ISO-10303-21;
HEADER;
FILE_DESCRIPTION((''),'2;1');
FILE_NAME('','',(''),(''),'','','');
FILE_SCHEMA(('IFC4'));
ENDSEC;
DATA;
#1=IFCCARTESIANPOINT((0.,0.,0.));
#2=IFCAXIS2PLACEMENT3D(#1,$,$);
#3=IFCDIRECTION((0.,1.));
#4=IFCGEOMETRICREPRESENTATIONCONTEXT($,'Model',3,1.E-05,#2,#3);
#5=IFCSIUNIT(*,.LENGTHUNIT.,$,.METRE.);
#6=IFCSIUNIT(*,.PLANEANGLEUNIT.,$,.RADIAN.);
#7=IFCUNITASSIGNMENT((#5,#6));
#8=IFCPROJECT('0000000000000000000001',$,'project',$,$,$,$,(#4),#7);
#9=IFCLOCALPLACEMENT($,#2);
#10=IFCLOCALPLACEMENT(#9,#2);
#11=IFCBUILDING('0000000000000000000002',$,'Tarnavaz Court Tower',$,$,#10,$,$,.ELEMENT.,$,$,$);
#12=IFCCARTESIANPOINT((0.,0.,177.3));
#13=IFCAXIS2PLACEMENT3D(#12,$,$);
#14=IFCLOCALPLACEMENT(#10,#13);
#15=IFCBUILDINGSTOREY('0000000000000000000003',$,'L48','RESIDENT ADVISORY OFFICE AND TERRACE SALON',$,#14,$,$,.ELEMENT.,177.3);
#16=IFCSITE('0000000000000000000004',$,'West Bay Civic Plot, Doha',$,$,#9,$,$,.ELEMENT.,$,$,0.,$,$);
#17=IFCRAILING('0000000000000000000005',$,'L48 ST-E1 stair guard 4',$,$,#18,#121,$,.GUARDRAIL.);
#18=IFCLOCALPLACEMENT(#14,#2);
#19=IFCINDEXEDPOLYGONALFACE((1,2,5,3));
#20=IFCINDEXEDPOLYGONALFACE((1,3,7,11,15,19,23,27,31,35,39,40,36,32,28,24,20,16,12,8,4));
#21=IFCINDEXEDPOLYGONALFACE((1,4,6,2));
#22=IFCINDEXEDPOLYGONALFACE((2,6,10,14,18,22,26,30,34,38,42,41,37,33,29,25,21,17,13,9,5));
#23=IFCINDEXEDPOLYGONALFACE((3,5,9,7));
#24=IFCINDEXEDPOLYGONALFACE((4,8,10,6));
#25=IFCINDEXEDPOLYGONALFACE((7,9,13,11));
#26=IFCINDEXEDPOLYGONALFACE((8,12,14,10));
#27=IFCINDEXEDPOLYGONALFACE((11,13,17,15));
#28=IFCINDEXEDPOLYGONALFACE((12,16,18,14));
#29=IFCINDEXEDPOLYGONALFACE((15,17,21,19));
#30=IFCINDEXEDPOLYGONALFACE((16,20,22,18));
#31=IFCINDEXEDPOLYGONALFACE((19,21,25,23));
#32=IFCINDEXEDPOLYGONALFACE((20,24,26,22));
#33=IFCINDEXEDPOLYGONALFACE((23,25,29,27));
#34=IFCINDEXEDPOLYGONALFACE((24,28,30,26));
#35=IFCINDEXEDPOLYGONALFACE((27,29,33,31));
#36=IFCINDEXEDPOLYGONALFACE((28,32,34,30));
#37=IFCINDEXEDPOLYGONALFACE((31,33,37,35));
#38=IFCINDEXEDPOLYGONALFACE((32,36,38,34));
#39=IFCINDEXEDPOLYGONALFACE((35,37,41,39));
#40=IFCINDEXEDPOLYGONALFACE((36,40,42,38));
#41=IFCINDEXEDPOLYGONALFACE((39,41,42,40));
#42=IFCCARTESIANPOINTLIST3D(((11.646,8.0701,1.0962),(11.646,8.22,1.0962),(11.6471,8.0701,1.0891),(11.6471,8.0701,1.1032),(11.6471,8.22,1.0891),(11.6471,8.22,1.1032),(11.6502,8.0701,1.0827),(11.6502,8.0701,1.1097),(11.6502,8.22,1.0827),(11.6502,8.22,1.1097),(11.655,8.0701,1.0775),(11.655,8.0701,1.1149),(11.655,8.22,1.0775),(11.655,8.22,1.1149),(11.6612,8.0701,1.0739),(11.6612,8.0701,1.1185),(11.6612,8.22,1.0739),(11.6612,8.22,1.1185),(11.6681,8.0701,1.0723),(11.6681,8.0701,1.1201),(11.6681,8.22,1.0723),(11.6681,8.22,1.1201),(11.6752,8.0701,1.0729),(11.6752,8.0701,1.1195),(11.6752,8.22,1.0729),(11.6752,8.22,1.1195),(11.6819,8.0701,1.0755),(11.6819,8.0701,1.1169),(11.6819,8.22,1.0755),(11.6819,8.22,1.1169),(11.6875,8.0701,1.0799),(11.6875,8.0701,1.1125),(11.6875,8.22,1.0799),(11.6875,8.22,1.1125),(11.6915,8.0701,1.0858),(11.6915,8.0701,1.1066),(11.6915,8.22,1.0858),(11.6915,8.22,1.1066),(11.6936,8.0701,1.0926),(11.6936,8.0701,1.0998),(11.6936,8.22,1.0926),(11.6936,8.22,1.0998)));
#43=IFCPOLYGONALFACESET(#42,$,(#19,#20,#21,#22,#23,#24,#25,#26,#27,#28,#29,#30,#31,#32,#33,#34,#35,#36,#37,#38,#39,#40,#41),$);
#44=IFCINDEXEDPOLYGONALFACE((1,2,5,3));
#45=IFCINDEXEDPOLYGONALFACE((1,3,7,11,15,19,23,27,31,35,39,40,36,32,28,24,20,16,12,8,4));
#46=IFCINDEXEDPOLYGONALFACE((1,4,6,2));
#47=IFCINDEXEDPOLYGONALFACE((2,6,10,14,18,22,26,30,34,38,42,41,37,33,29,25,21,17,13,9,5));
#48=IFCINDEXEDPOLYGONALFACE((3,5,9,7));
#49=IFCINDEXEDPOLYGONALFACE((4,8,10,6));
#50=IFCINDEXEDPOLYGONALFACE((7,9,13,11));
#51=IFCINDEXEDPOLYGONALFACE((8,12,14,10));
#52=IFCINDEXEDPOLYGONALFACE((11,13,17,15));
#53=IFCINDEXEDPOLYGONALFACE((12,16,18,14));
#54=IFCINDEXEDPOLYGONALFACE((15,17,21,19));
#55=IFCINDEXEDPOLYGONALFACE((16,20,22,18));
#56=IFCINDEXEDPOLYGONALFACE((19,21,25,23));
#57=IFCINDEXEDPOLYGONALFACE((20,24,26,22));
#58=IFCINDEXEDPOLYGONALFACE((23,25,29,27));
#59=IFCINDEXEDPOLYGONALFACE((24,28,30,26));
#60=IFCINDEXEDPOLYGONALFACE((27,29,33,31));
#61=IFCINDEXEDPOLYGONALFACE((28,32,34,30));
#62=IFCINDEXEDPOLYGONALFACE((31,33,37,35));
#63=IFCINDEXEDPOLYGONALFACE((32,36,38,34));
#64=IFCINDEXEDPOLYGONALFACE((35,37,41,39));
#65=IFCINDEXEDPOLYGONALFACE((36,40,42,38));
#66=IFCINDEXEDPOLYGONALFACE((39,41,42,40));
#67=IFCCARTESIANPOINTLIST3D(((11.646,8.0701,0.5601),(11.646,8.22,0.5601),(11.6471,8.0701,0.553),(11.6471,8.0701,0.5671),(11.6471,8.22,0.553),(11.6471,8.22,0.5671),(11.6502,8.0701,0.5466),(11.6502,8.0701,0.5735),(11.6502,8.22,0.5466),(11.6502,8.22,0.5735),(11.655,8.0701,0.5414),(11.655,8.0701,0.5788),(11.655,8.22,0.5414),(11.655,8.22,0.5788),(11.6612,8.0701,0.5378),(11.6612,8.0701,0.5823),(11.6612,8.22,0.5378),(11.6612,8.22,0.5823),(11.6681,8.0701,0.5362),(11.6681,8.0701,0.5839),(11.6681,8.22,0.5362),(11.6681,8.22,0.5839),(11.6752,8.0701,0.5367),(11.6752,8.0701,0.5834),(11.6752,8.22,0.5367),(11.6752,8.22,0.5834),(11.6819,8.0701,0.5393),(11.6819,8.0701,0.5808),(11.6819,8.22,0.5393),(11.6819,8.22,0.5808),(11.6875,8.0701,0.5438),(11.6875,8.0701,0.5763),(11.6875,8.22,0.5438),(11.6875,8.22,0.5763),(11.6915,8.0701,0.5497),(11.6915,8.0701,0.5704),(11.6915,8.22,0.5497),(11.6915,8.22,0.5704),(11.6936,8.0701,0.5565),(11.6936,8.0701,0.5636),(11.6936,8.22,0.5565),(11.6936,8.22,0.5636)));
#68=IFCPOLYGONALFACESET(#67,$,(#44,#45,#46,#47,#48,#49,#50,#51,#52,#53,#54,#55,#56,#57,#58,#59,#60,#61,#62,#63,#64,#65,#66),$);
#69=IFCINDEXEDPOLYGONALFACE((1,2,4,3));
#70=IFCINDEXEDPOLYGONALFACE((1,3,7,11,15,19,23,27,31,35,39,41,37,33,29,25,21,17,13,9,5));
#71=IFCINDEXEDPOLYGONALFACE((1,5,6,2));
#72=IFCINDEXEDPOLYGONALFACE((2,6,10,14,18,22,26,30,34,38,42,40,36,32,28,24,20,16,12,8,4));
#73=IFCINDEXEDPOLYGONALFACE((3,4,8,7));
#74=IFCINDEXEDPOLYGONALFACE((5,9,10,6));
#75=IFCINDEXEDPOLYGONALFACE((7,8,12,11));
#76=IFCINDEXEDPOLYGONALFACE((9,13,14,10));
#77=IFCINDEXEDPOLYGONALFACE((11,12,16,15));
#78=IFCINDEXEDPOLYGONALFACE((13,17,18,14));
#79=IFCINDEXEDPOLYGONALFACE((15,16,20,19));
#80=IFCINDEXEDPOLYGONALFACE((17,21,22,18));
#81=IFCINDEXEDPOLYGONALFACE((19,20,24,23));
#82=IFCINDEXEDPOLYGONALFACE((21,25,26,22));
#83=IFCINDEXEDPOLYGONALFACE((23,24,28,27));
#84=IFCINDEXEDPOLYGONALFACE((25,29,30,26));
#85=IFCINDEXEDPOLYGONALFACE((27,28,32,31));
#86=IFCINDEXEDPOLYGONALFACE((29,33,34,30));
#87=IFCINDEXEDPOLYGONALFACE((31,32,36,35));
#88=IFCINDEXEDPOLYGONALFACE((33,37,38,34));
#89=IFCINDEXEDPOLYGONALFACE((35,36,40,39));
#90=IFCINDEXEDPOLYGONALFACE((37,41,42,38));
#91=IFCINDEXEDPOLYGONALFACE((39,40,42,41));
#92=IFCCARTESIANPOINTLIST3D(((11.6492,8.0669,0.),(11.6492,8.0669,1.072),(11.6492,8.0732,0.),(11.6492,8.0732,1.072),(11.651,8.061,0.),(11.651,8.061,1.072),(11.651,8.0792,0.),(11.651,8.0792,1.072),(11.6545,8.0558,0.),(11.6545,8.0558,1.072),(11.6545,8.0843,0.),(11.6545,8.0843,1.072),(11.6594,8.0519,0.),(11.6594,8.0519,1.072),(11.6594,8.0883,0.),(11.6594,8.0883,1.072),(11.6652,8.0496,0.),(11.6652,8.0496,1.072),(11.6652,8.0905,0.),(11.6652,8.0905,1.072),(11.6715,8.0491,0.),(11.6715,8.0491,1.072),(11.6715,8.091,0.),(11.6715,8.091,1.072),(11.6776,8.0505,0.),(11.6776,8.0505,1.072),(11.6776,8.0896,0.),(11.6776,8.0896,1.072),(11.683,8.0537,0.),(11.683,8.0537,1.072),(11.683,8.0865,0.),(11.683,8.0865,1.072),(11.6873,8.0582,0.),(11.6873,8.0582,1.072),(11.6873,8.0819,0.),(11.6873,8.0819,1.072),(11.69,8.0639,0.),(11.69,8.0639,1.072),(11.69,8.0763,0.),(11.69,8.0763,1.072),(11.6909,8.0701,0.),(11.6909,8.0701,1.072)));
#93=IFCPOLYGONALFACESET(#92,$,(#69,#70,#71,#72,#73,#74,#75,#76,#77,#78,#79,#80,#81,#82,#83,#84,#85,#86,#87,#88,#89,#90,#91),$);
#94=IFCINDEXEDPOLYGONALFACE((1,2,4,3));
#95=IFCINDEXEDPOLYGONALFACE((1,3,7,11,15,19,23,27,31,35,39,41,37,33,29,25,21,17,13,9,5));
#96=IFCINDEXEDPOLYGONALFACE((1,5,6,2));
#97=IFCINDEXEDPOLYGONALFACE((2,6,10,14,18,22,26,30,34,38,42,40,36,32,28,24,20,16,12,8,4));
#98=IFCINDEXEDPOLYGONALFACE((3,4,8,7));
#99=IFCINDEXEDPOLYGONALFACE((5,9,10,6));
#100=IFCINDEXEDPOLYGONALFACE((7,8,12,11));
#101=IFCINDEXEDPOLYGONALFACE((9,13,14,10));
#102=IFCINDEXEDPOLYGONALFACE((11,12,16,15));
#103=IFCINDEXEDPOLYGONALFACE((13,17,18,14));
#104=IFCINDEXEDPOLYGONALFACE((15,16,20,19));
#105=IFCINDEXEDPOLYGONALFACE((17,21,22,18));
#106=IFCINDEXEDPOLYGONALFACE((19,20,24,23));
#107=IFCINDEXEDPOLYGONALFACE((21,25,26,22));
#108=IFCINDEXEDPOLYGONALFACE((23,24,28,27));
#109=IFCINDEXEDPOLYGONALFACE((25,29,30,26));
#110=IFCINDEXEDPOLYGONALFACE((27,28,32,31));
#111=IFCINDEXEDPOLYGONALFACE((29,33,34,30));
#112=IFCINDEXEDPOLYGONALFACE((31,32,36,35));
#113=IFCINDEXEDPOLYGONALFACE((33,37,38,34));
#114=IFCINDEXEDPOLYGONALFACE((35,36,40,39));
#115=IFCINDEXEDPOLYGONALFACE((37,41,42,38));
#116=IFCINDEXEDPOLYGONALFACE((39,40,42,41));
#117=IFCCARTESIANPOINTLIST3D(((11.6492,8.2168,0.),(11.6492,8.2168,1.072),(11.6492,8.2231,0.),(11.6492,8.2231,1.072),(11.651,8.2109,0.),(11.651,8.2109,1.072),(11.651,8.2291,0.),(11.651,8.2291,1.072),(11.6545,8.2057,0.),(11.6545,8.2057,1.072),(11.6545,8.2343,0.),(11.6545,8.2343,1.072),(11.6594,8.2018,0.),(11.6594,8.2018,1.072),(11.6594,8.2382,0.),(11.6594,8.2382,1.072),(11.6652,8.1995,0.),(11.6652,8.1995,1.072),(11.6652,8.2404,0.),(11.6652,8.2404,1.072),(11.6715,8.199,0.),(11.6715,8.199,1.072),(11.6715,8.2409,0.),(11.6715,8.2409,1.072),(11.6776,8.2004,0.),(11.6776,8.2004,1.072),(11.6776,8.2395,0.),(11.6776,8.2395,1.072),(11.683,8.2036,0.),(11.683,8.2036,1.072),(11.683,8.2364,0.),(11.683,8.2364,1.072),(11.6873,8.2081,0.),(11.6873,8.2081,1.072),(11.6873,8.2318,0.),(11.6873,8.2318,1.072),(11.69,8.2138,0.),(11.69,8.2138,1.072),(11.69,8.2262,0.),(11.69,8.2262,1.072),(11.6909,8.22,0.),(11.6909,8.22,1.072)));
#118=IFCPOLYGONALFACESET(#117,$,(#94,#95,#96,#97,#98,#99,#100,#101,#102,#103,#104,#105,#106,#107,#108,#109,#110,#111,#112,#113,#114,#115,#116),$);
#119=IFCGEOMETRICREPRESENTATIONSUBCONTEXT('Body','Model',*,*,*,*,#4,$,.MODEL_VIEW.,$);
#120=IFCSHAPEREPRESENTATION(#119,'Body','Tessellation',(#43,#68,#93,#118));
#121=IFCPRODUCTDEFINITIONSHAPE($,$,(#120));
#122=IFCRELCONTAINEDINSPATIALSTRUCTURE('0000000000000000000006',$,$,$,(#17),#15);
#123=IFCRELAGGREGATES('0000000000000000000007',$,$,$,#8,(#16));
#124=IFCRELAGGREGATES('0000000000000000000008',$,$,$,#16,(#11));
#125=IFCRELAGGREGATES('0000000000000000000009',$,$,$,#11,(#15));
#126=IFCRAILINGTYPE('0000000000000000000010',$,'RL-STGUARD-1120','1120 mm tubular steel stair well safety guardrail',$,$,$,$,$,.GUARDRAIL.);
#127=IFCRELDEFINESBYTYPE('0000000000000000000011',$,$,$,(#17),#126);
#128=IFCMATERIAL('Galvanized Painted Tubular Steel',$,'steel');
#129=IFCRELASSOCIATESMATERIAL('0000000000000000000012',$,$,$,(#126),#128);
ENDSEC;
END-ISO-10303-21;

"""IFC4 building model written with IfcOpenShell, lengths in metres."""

from ifc_helpers import new_model, si_unit, direction, frame, origin, origin_2d, place, context, subcontext, project, spatial, circle, extrude, material, type_object, element, save


model = new_model("IFC4")

# Units and contexts
model_context = context("Model", 3, precision=1e-05, world=origin(), true_north=direction((0.0, 1.0)))
body_context = subcontext(model_context, "Body", "Model", "MODEL_VIEW")
ifc_project = project(units=[si_unit("LENGTHUNIT", "METRE"), si_unit("PLANEANGLEUNIT", "RADIAN")], contexts=[model_context])

# Site, building, storey
site_placement = place(None, origin())
site = spatial("IfcSite", under=ifc_project, at=site_placement, Name="West Bay Civic Plot, Doha", CompositionType="ELEMENT", RefElevation=0.0)
building_placement = place(site_placement, origin())
building = spatial("IfcBuilding", under=site, at=building_placement, Name="Tarnavaz Court Tower", CompositionType="ELEMENT")
storey_placement = place(building_placement, frame((0.0, 0.0, 177.3)))
storey = spatial("IfcBuildingStorey", under=building, at=storey_placement, Name="L48", Description="RESIDENT ADVISORY OFFICE AND TERRACE SALON", CompositionType="ELEMENT", Elevation=177.3)

# Railing
ifc_material_1 = material(Name="Galvanized Painted Tubular Steel", Category="steel")
railing_type_1 = type_object("IfcRailingType", Name="RL-STGUARD-1120", Description="1120 mm tubular steel stair well safety guardrail", PredefinedType="GUARDRAIL", material=ifc_material_1)
railing_1_placement = place(storey_placement, frame((11.6699, 8.0701, 0.0)))
element("IfcRailing", 1, at=railing_1_placement, inside=storey, type_object=railing_type_1, Name="L48 ST-E1 stair guard 4", PredefinedType="GUARDRAIL", context=body_context, shape_type="SweptSolid", body=[
    extrude(circle(Radius=0.0239, at=origin_2d()), frame((0.0, 0.0, 1.0962), z_axis=(0.0, 1.0, 0.0), x_axis=(-1.0, 0.0, 0.0)), (0.0, 0.0, 1.0), 0.1499),
    extrude(circle(Radius=0.0239, at=origin_2d()), frame((0.0, 0.0, 0.5601), z_axis=(0.0, 1.0, 0.0), x_axis=(-1.0, 0.0, 0.0)), (0.0, 0.0, 1.0), 0.1499),
    extrude(circle(Radius=0.021, at=origin_2d()), origin(), (0.0, 0.0, 1.0), 1.072),
    extrude(circle(Radius=0.021, at=origin_2d()), frame((0.0, 0.1499, 0.0)), (0.0, 0.0, 1.0), 1.072),
])

save(model, "model.ifc")
